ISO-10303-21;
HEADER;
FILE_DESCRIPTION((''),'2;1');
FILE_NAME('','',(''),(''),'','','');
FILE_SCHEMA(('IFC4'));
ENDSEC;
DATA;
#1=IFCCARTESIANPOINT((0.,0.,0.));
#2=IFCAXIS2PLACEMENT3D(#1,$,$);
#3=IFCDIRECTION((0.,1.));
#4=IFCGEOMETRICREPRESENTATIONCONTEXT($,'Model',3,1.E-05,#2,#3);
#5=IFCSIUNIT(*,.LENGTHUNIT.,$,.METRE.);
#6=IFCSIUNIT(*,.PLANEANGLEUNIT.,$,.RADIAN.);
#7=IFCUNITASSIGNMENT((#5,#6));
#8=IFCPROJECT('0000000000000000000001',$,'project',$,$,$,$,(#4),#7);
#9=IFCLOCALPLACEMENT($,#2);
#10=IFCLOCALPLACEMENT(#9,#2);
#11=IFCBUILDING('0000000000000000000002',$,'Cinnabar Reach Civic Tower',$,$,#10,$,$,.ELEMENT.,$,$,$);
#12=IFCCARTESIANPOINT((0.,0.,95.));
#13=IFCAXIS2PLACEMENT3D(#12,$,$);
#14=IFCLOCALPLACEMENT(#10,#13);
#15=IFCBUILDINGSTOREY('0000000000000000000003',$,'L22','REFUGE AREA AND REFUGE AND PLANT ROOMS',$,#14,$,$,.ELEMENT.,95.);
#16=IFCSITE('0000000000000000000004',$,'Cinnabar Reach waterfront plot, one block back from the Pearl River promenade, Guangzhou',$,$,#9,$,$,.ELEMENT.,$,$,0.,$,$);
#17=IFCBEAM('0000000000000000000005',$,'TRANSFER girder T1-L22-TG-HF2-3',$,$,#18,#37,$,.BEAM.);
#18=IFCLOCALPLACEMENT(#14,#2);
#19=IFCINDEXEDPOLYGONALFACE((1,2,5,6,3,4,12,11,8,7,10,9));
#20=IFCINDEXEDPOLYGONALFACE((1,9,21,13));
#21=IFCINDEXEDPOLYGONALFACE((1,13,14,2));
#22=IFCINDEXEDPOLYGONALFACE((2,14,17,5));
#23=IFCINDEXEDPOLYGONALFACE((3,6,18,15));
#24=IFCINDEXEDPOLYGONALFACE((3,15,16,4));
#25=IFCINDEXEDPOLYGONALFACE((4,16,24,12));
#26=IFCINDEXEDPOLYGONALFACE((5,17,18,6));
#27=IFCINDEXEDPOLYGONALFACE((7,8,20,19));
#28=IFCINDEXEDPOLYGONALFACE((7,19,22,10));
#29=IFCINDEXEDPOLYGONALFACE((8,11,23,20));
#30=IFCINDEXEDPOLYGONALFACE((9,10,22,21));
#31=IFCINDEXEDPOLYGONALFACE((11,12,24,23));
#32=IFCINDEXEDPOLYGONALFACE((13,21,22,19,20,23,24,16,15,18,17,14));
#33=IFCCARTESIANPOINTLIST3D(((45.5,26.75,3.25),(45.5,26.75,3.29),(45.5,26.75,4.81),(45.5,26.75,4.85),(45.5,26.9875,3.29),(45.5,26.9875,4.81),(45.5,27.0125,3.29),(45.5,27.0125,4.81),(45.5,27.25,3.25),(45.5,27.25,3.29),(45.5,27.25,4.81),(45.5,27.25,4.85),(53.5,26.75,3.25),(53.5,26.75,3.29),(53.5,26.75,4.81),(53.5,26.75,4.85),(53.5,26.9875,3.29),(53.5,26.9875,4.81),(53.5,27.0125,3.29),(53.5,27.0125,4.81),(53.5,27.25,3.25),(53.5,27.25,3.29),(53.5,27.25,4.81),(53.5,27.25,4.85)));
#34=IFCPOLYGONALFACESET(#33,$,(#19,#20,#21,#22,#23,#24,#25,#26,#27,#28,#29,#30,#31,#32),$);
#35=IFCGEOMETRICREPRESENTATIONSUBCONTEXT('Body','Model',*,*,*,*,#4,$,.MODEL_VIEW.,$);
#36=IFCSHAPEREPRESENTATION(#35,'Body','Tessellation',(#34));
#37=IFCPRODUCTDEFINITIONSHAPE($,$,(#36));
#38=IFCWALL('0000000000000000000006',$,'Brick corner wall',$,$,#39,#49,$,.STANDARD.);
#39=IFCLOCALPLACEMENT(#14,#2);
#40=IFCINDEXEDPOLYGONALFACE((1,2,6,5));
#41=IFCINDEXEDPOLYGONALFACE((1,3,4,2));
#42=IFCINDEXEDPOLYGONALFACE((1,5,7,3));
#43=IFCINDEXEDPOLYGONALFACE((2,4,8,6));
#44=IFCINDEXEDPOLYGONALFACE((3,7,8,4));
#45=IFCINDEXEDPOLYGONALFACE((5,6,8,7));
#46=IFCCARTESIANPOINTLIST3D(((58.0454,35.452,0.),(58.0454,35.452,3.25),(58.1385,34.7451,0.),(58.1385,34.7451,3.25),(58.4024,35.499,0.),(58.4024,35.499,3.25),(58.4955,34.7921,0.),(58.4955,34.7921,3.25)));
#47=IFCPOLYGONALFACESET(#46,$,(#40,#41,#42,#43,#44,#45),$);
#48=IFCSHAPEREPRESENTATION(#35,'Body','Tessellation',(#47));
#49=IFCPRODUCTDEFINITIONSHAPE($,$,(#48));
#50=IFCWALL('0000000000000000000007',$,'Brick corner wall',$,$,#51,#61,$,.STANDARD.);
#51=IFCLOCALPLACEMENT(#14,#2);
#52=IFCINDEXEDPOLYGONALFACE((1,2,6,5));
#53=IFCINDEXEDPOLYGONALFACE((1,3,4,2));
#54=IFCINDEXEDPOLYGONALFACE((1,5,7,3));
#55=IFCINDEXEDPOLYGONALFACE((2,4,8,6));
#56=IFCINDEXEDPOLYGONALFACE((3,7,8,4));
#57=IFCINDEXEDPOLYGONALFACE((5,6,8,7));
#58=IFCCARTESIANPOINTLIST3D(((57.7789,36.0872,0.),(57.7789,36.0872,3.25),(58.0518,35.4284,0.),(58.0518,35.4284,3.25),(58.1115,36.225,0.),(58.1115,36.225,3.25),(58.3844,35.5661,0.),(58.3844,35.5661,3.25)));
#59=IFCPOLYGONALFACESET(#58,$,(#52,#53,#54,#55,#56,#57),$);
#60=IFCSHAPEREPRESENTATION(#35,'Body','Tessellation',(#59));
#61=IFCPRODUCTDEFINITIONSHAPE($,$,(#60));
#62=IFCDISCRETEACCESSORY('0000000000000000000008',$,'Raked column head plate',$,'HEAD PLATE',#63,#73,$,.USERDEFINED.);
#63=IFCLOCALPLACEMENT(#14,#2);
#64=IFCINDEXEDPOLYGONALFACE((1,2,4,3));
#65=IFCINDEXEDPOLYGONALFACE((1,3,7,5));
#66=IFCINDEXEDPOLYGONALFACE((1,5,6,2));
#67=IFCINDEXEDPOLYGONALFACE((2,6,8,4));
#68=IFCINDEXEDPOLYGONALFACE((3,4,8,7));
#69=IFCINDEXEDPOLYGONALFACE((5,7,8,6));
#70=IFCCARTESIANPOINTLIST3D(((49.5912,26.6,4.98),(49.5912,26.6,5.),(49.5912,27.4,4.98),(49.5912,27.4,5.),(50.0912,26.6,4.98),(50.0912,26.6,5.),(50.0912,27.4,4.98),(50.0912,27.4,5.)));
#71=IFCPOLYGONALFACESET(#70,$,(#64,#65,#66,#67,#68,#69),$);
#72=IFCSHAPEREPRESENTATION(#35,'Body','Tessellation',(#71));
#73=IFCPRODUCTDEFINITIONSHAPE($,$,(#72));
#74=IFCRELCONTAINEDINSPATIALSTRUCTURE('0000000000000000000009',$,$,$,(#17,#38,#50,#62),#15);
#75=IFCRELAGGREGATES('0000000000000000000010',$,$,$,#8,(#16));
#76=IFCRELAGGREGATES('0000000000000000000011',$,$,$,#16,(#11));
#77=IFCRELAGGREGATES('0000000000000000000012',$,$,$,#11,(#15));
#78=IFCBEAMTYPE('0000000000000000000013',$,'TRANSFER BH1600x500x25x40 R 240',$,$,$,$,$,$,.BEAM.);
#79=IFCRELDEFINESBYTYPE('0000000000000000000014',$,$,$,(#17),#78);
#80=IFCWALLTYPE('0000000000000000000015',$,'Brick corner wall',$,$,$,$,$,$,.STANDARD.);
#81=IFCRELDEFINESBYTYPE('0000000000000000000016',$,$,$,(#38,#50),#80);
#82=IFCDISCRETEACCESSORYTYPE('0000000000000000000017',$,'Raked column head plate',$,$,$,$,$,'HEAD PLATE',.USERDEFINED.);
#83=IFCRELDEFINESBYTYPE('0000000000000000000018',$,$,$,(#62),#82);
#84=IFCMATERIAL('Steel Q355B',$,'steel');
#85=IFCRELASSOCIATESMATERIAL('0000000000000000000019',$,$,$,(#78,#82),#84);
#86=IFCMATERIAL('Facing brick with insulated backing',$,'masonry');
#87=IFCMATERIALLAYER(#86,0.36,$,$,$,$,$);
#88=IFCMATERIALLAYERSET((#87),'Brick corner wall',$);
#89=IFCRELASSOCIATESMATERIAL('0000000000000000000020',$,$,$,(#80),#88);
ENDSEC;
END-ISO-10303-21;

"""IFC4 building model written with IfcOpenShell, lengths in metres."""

from ifc_helpers import new_model, si_unit, direction, frame, frame_2d, origin, origin_2d, place, context, subcontext, project, spatial, rectangle, i_section, extrude, material, layer, layer_set, material_profile, profile_set, type_object, element, save


model = new_model("IFC4")

# Units and contexts
model_context = context("Model", 3, precision=1e-05, world=origin(), true_north=direction((0.0, 1.0)))
body_context = subcontext(model_context, "Body", "Model", "MODEL_VIEW")
ifc_project = project(units=[si_unit("LENGTHUNIT", "METRE"), si_unit("PLANEANGLEUNIT", "RADIAN")], contexts=[model_context])

# Site, building, storey
site_placement = place(None, origin())
site = spatial("IfcSite", under=ifc_project, at=site_placement, Name="Cinnabar Reach waterfront plot, one block back from the Pearl River promenade, Guangzhou", CompositionType="ELEMENT", RefElevation=0.0)
building_placement = place(site_placement, origin())
building = spatial("IfcBuilding", under=site, at=building_placement, Name="Cinnabar Reach Civic Tower", CompositionType="ELEMENT")
storey_placement = place(building_placement, frame((0.0, 0.0, 95.0)))
storey = spatial("IfcBuildingStorey", under=building, at=storey_placement, Name="L22", Description="REFUGE AREA AND REFUGE AND PLANT ROOMS", CompositionType="ELEMENT", Elevation=95.0)

# Shared definitions
ifc_material_1 = material(Name="Steel Q355B", Category="steel")

# Beam
ifc_material_profile_1 = material_profile(ifc_material_1, i_section(OverallWidth=0.5, OverallDepth=1.6, WebThickness=0.025, FlangeThickness=0.04, at=origin_2d()), Name="BH1600x500x25x40")
ifc_profile_set_1 = profile_set([ifc_material_profile_1], Name="Steel Q355B")
beam_type_1 = type_object("IfcBeamType", Name="TRANSFER BH1600x500x25x40 R 240", PredefinedType="BEAM", material=ifc_profile_set_1)
beam_1_placement = place(storey_placement, frame((45.5, 27.0, 4.05), z_axis=(1.0, 0.0, 0.0), x_axis=(0.0, 1.0, 0.0)))
element("IfcBeam", 1, at=beam_1_placement, inside=storey, type_object=beam_type_1, Name="TRANSFER girder T1-L22-TG-HF2-3", PredefinedType="BEAM", context=body_context, shape_type="SweptSolid", body=[
    extrude(i_section(OverallWidth=0.5, OverallDepth=1.6, WebThickness=0.025, FlangeThickness=0.04, at=origin_2d()), origin(), (0.0, 0.0, 1.0), 8.0),
])

# Walls
ifc_material_2 = material(Name="Facing brick with insulated backing", Category="masonry")
ifc_layer = layer(ifc_material_2, 0.36)
ifc_layer_set = layer_set([ifc_layer], Name="Brick corner wall")
wall_type = type_object("IfcWallType", Name="Brick corner wall", PredefinedType="STANDARD", material=ifc_layer_set)
for number, where, z_axis, x_axis, name in (
    (2, (58.317, 34.7686, 0.0), (0.0, 0.0, 1.0), (-0.130556, 0.991441, 0.0), "Brick corner wall"),
    (3, (58.2181, 35.4973, 0.0), (0.0, 0.0, 1.0), (-0.382703, 0.923872, 0.0), "Brick corner wall"),
):
    element("IfcWall", number, at=place(storey_placement, frame(where, z_axis=z_axis, x_axis=x_axis)), inside=storey, type_object=wall_type, Name=name, PredefinedType="STANDARD", context=body_context, shape_type="SweptSolid", body=[
        extrude(rectangle(XDim=0.7131, YDim=0.36, at=frame_2d((0.3565, 0.0))), origin(), (0.0, 0.0, 1.0), 3.25),
    ])

# Discrete accessory
discrete_accessory_type = type_object("IfcDiscreteAccessoryType", Name="Raked column head plate", ElementType="HEAD PLATE", PredefinedType="USERDEFINED", material=ifc_material_1)
discrete_accessory_placement = place(storey_placement, frame((49.8412, 27.0, 4.98), z_axis=(0.0, 0.0, 1.0), x_axis=(-1.0, 0.0, 0.0)))
element("IfcDiscreteAccessory", 4, at=discrete_accessory_placement, inside=storey, type_object=discrete_accessory_type, Name="Raked column head plate", ObjectType="HEAD PLATE", PredefinedType="USERDEFINED", context=body_context, shape_type="SweptSolid", body=[
    extrude(rectangle(XDim=0.5, YDim=0.8, at=origin_2d()), origin(), (0.0, 0.0, 1.0), 0.02),
])

save(model, "model.ifc")
